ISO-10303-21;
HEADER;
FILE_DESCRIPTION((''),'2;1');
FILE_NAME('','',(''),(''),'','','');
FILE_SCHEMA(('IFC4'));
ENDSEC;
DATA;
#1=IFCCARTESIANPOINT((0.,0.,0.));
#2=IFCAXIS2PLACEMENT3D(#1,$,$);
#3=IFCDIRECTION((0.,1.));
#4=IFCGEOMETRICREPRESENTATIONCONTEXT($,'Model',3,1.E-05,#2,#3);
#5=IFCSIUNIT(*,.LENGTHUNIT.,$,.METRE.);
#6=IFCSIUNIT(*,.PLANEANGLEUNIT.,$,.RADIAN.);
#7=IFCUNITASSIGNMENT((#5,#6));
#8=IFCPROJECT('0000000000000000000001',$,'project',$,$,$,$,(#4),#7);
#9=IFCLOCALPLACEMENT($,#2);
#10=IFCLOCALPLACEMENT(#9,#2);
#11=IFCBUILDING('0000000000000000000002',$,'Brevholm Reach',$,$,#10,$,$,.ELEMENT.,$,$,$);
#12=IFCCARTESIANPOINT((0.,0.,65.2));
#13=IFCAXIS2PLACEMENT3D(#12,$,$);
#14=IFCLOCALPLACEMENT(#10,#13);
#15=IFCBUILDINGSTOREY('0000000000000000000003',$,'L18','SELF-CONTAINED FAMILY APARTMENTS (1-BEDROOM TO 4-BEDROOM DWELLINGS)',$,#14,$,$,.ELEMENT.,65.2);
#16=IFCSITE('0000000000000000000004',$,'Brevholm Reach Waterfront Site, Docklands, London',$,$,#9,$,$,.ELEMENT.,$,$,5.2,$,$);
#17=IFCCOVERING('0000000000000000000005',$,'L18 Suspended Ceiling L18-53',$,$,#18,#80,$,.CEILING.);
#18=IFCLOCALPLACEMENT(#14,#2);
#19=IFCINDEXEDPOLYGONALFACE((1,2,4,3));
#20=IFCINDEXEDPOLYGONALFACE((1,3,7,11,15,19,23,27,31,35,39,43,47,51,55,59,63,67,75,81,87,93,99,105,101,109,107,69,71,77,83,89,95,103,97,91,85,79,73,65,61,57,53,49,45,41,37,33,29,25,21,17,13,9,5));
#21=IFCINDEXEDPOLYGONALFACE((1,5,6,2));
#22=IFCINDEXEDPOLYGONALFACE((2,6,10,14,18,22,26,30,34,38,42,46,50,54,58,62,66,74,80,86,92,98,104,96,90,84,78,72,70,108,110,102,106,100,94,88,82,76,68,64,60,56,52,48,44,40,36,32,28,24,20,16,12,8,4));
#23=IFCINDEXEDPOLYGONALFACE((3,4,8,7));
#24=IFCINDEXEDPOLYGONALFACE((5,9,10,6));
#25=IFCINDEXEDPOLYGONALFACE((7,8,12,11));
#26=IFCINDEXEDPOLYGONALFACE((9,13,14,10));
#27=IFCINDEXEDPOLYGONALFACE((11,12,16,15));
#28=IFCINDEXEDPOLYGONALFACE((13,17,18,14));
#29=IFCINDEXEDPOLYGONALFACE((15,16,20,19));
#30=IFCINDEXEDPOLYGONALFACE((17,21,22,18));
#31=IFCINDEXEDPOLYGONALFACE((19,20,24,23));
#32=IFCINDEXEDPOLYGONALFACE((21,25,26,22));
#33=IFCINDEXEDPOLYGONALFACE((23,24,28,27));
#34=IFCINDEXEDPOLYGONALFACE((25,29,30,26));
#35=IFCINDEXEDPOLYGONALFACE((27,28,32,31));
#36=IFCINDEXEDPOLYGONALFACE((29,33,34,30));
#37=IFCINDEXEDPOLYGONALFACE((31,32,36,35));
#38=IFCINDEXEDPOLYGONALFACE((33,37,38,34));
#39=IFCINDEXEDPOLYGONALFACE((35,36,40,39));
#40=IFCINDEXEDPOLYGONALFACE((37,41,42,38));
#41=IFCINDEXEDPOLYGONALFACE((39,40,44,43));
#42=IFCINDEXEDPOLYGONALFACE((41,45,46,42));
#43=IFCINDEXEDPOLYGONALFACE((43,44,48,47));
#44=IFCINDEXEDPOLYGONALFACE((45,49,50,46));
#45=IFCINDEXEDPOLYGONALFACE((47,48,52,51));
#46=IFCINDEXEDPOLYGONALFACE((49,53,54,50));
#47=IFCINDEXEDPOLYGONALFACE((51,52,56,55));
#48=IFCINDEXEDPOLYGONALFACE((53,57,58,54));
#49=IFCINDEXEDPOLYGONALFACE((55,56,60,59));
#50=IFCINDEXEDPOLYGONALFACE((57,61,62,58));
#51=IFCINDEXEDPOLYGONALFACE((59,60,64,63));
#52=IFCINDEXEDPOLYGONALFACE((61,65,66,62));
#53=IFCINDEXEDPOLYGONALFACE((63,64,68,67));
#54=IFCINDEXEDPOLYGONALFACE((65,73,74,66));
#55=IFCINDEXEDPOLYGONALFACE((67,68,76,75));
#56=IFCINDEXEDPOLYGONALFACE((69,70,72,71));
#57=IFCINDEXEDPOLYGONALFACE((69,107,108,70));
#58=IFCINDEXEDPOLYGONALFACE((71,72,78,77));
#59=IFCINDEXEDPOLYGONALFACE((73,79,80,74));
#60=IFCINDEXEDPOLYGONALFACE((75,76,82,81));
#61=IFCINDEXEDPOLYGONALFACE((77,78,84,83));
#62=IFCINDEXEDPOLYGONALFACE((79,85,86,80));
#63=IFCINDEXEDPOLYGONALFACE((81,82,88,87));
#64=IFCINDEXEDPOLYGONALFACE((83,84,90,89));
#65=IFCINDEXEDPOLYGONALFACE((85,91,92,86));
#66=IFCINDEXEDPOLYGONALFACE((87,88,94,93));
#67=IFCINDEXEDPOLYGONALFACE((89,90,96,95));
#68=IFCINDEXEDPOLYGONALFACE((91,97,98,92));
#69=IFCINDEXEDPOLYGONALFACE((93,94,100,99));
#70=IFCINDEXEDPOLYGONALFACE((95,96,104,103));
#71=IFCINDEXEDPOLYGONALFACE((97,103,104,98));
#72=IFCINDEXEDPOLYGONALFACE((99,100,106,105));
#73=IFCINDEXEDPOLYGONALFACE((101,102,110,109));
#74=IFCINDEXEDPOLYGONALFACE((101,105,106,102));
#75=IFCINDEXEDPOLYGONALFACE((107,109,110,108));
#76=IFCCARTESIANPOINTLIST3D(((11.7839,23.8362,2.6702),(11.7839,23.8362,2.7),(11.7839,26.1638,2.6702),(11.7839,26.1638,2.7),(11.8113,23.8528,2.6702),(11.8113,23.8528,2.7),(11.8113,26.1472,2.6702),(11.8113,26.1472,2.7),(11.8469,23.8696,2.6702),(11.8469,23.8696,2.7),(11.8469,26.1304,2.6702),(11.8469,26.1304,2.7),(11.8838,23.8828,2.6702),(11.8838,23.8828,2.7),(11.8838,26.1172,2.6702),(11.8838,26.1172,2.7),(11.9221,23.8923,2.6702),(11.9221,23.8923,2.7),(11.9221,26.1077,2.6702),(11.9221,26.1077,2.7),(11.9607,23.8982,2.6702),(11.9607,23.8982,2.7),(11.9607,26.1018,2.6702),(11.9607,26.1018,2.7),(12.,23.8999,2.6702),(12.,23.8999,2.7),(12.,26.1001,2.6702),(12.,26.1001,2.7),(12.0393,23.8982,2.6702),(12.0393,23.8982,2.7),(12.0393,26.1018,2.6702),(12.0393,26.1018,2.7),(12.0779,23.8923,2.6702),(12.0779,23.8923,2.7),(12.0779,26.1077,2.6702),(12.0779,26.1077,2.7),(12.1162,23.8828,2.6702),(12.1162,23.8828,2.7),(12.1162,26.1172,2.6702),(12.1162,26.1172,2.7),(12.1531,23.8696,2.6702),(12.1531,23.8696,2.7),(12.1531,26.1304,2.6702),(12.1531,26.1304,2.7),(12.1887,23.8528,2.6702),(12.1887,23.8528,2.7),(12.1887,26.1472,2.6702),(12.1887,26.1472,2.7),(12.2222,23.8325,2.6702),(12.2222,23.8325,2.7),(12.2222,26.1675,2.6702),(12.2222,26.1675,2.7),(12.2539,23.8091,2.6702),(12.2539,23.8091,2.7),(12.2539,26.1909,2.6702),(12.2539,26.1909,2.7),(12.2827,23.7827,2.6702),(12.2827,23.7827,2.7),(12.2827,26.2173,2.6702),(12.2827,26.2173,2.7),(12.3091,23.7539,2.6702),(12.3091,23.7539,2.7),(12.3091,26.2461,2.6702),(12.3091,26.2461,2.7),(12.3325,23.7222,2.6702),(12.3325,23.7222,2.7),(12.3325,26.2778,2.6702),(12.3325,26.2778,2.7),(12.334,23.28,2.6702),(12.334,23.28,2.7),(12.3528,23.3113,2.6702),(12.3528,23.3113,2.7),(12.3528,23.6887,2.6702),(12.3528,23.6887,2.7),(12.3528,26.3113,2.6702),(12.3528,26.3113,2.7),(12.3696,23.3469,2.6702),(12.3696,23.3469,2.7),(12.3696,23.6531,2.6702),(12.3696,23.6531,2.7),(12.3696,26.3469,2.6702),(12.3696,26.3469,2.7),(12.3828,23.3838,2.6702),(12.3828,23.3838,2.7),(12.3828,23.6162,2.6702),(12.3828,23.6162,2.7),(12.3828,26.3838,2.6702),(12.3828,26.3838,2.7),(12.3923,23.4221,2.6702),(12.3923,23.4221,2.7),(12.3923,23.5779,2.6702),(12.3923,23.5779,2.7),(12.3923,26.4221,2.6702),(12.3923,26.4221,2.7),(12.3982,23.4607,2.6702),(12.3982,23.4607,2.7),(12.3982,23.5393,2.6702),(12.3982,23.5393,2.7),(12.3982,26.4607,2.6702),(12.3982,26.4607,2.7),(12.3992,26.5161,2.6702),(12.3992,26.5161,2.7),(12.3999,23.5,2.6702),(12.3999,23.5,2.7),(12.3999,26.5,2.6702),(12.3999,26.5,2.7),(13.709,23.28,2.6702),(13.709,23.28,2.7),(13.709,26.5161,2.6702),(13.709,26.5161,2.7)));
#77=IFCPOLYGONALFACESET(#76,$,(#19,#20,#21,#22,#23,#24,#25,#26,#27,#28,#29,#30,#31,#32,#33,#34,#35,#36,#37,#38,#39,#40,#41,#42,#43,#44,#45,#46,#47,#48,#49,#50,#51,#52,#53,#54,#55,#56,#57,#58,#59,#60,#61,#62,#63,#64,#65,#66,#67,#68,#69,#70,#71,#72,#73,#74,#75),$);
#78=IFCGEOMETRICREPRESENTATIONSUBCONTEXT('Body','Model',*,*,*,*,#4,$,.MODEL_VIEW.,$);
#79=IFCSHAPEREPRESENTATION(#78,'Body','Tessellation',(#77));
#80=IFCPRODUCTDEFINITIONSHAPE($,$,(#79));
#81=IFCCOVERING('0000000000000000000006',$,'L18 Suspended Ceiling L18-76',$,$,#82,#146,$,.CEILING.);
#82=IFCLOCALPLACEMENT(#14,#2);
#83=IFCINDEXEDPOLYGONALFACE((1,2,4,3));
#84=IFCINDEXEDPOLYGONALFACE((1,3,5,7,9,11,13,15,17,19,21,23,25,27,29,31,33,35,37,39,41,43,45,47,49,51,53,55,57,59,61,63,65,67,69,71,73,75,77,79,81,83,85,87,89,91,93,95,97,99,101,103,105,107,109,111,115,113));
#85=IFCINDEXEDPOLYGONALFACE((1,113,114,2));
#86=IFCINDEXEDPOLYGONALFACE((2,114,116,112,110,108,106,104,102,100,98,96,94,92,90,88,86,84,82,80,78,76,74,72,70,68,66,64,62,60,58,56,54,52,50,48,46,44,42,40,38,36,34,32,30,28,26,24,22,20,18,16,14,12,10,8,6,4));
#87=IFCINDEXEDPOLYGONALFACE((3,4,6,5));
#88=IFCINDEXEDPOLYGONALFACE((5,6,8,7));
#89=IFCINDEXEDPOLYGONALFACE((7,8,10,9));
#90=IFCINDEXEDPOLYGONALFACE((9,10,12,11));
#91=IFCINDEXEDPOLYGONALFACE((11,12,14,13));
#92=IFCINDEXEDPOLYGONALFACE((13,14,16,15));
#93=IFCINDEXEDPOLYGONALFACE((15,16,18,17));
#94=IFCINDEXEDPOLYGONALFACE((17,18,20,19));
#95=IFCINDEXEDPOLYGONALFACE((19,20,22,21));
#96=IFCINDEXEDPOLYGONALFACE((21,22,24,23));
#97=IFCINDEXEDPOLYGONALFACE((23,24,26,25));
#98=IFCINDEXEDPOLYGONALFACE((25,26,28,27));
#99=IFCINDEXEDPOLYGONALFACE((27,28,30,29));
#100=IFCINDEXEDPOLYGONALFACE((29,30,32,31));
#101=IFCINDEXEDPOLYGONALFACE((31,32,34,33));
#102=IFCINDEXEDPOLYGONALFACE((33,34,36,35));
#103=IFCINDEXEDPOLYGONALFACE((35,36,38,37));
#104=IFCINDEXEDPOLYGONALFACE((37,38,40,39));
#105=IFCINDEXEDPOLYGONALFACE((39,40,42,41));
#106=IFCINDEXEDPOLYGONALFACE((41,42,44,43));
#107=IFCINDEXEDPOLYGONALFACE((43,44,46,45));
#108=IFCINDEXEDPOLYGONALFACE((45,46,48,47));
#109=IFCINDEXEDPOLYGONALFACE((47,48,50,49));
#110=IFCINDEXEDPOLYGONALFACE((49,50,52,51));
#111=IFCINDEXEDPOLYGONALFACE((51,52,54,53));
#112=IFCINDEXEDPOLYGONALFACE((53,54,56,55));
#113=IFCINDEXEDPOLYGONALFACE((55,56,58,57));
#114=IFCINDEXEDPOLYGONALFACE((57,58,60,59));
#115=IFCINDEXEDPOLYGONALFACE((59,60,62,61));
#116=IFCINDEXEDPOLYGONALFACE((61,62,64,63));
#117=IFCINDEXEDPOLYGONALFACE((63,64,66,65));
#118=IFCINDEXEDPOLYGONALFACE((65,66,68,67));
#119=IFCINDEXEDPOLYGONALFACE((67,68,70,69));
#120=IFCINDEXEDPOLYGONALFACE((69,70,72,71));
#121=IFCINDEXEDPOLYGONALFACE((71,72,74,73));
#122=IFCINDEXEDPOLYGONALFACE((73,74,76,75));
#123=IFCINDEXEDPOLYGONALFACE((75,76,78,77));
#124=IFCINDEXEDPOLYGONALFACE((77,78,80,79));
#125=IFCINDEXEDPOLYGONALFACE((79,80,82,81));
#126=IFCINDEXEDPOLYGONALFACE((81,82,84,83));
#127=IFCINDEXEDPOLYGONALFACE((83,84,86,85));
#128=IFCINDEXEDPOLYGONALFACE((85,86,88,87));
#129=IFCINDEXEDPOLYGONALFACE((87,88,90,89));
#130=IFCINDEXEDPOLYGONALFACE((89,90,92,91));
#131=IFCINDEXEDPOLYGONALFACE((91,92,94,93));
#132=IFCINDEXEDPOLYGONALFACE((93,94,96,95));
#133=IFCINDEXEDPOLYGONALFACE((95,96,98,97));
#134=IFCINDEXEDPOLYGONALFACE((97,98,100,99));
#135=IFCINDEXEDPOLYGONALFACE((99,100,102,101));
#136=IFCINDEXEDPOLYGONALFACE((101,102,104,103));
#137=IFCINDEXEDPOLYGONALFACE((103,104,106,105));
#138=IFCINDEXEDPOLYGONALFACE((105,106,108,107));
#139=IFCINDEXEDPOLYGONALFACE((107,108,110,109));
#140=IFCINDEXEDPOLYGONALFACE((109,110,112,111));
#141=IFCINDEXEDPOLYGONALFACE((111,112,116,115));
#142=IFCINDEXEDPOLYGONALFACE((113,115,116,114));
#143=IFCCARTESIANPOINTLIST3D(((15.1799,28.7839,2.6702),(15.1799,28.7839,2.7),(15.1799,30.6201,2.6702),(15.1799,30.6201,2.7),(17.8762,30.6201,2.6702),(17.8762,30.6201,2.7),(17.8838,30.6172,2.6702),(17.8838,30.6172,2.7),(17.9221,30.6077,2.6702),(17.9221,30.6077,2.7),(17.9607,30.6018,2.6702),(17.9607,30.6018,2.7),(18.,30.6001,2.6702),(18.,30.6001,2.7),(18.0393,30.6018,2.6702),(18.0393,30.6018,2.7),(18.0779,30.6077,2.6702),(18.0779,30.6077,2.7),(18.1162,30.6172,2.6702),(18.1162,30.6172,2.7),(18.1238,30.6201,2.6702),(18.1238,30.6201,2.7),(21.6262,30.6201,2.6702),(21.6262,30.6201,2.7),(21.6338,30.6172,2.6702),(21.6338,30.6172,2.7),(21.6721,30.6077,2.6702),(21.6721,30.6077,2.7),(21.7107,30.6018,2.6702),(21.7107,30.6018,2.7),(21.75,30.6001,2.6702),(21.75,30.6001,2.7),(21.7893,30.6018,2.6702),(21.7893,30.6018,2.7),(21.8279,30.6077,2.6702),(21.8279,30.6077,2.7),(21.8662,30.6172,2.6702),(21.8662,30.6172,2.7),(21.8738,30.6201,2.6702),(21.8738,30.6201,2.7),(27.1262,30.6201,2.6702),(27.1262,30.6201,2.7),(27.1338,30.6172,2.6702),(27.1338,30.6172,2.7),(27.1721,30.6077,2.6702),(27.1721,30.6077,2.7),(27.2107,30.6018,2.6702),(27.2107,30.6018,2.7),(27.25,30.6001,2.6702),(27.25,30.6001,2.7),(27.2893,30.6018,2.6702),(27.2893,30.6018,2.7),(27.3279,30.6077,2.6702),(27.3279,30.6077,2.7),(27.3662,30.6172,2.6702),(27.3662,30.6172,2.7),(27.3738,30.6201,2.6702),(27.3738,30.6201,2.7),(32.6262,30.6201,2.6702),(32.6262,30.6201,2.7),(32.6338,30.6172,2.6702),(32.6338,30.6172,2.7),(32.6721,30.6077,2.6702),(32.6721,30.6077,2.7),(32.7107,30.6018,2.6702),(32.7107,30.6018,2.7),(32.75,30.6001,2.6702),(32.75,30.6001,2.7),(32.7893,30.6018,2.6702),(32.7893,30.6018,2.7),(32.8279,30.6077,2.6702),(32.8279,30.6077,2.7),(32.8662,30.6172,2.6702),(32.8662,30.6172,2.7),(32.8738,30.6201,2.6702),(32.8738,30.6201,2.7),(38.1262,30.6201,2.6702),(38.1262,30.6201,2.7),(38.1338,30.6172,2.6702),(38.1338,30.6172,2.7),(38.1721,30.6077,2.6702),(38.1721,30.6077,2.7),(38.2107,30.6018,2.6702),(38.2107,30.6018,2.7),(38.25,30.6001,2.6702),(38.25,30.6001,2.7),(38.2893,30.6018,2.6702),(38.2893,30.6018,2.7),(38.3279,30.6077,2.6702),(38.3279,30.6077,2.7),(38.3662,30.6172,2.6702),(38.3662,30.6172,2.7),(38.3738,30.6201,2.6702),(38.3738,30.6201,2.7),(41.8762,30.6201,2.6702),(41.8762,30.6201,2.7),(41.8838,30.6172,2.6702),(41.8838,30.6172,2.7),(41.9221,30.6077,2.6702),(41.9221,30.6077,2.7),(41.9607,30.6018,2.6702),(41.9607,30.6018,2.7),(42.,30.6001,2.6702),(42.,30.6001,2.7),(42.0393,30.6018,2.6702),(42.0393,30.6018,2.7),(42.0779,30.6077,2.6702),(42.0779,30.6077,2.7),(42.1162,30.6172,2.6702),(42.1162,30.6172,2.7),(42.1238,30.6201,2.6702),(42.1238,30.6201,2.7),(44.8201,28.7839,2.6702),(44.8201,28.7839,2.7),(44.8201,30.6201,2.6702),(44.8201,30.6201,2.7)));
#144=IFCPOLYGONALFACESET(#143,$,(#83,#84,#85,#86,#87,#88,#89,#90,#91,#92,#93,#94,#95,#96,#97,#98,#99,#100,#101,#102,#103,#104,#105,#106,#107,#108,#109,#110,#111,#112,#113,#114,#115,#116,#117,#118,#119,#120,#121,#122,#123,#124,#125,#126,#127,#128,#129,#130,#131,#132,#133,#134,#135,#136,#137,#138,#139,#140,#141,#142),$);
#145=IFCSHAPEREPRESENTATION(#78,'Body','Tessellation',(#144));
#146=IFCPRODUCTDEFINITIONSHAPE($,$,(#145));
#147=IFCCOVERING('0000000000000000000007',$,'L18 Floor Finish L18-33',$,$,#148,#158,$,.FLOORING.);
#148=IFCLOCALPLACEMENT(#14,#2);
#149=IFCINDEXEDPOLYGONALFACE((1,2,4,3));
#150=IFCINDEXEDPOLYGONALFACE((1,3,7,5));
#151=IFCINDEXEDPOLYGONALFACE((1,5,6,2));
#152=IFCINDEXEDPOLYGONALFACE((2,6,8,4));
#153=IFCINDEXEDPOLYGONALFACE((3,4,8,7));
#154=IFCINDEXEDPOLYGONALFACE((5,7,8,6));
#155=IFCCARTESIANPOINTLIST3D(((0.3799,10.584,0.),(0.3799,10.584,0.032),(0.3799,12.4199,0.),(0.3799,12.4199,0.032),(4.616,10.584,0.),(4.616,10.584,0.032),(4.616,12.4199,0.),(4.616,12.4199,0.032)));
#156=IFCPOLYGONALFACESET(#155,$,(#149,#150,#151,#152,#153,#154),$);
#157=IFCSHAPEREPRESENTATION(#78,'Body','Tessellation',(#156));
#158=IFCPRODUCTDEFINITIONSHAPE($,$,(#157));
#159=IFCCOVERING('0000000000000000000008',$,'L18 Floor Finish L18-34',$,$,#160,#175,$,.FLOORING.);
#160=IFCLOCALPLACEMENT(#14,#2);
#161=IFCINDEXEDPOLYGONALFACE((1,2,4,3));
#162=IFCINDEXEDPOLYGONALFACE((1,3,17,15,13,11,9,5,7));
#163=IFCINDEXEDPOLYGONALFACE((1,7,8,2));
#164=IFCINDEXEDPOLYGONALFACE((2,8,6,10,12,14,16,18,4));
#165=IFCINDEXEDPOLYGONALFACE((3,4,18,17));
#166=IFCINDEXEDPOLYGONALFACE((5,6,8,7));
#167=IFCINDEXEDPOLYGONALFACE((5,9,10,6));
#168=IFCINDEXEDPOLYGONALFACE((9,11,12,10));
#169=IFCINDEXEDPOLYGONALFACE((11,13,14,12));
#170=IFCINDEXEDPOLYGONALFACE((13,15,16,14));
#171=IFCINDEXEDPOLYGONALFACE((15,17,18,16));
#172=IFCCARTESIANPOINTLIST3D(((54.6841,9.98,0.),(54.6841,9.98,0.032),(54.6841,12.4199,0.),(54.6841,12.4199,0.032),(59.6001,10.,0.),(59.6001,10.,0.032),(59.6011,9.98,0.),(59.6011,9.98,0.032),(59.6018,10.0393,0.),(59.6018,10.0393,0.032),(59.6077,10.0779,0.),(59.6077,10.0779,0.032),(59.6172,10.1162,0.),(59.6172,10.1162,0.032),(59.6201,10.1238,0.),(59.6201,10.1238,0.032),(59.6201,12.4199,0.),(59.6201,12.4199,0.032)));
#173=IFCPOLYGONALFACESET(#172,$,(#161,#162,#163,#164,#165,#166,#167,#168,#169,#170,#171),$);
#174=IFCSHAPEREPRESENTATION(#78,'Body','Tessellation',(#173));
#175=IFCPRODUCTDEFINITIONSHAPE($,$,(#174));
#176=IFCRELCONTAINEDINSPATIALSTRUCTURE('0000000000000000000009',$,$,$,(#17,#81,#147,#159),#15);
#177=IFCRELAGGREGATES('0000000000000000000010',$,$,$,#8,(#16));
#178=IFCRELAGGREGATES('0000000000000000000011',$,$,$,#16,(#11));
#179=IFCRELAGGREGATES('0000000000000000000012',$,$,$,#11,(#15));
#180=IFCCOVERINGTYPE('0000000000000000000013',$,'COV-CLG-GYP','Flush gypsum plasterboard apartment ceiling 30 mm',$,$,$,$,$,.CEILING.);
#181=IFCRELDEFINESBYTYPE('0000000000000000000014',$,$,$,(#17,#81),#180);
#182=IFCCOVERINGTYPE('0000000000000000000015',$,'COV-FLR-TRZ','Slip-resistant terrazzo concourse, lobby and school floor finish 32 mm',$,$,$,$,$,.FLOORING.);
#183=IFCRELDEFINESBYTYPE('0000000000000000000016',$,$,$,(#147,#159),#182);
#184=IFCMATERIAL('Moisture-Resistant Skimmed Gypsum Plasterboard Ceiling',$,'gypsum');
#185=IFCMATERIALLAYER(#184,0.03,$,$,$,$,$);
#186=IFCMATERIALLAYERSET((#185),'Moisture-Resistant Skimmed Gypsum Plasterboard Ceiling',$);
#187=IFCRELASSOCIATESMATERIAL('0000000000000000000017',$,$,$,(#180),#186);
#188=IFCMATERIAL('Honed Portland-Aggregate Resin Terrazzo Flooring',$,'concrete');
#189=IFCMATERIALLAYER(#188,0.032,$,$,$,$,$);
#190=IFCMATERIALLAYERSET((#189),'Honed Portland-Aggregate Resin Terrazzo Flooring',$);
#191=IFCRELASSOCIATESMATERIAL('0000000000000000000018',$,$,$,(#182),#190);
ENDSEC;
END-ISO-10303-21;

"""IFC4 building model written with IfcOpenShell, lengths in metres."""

from ifc_helpers import new_model, si_unit, direction, frame, origin, place, context, subcontext, project, spatial, polyline, outline, extrude, material, layer, layer_set, type_object, element, save


model = new_model("IFC4")

# Units and contexts
model_context = context("Model", 3, precision=1e-05, world=origin(), true_north=direction((0.0, 1.0)))
body_context = subcontext(model_context, "Body", "Model", "MODEL_VIEW")
ifc_project = project(units=[si_unit("LENGTHUNIT", "METRE"), si_unit("PLANEANGLEUNIT", "RADIAN")], contexts=[model_context])

# Site, building, storey
site_placement = place(None, origin())
site = spatial("IfcSite", under=ifc_project, at=site_placement, Name="Brevholm Reach Waterfront Site, Docklands, London", CompositionType="ELEMENT", RefElevation=5.2)
building_placement = place(site_placement, origin())
building = spatial("IfcBuilding", under=site, at=building_placement, Name="Brevholm Reach", CompositionType="ELEMENT")
storey_placement = place(building_placement, frame((0.0, 0.0, 65.2)))
storey = spatial("IfcBuildingStorey", under=building, at=storey_placement, Name="L18", Description="SELF-CONTAINED FAMILY APARTMENTS (1-BEDROOM TO 4-BEDROOM DWELLINGS)", CompositionType="ELEMENT", Elevation=65.2)

# Coverings
ifc_material_1 = material(Name="Moisture-Resistant Skimmed Gypsum Plasterboard Ceiling", Category="gypsum")
ifc_layer_1 = layer(ifc_material_1, 0.03)
ifc_layer_set_1 = layer_set([ifc_layer_1], Name="Moisture-Resistant Skimmed Gypsum Plasterboard Ceiling")
covering_type_1 = type_object("IfcCoveringType", Name="COV-CLG-GYP", Description="Flush gypsum plasterboard apartment ceiling 30 mm", PredefinedType="CEILING", material=ifc_layer_set_1)
covering_1_placement = place(storey_placement, frame((0.0, 0.0, 2.6702)))
element("IfcCovering", 1, at=covering_1_placement, inside=storey, type_object=covering_type_1, Name="L18 Suspended Ceiling L18-53", PredefinedType="CEILING", context=body_context, shape_type="SweptSolid", body=[
    extrude(outline(polyline([(13.709, 23.28), (12.334, 23.28), (12.3528, 23.3113), (12.3696, 23.3469), (12.3828, 23.3838), (12.3923, 23.4221), (12.3982, 23.4607), (12.3999, 23.5), (12.3982, 23.5393), (12.3923, 23.5779), (12.3828, 23.6162), (12.3696, 23.6531), (12.3528, 23.6887), (12.3325, 23.7222), (12.3091, 23.7539), (12.2827, 23.7827), (12.2539, 23.8091), (12.2222, 23.8325), (12.1887, 23.8528), (12.1531, 23.8696), (12.1162, 23.8828), (12.0779, 23.8923), (12.0393, 23.8982), (12.0, 23.8999), (11.9607, 23.8982), (11.9221, 23.8923), (11.8838, 23.8828), (11.8469, 23.8696), (11.8113, 23.8528), (11.7839, 23.8362), (11.7839, 26.1638), (11.8113, 26.1472), (11.8469, 26.1304), (11.8838, 26.1172), (11.9221, 26.1077), (11.9607, 26.1018), (12.0, 26.1001), (12.0393, 26.1018), (12.0779, 26.1077), (12.1162, 26.1172), (12.1531, 26.1304), (12.1887, 26.1472), (12.2222, 26.1675), (12.2539, 26.1909), (12.2827, 26.2173), (12.3091, 26.2461), (12.3325, 26.2778), (12.3528, 26.3113), (12.3696, 26.3469), (12.3828, 26.3838), (12.3923, 26.4221), (12.3982, 26.4607), (12.3999, 26.5), (12.3992, 26.5161), (13.709, 26.5161), (13.709, 23.28)])), origin(), (0.0, 0.0, 1.0), 0.0298),
])
covering_2_placement = place(storey_placement, frame((0.0, 0.0, 2.6702)))
element("IfcCovering", 2, at=covering_2_placement, inside=storey, type_object=covering_type_1, Name="L18 Suspended Ceiling L18-76", PredefinedType="CEILING", context=body_context, shape_type="SweptSolid", body=[
    extrude(outline(polyline([(15.1799, 30.6201), (17.8762, 30.6201), (17.8838, 30.6172), (17.9221, 30.6077), (17.9607, 30.6018), (18.0, 30.6001), (18.0393, 30.6018), (18.0779, 30.6077), (18.1162, 30.6172), (18.1238, 30.6201), (21.6262, 30.6201), (21.6338, 30.6172), (21.6721, 30.6077), (21.7107, 30.6018), (21.75, 30.6001), (21.7893, 30.6018), (21.8279, 30.6077), (21.8662, 30.6172), (21.8738, 30.6201), (27.1262, 30.6201), (27.1338, 30.6172), (27.1721, 30.6077), (27.2107, 30.6018), (27.25, 30.6001), (27.2893, 30.6018), (27.3279, 30.6077), (27.3662, 30.6172), (27.3738, 30.6201), (32.6262, 30.6201), (32.6338, 30.6172), (32.6721, 30.6077), (32.7107, 30.6018), (32.75, 30.6001), (32.7893, 30.6018), (32.8279, 30.6077), (32.8662, 30.6172), (32.8738, 30.6201), (38.1262, 30.6201), (38.1338, 30.6172), (38.1721, 30.6077), (38.2107, 30.6018), (38.25, 30.6001), (38.2893, 30.6018), (38.3279, 30.6077), (38.3662, 30.6172), (38.3738, 30.6201), (41.8762, 30.6201), (41.8838, 30.6172), (41.9221, 30.6077), (41.9607, 30.6018), (42.0, 30.6001), (42.0393, 30.6018), (42.0779, 30.6077), (42.1162, 30.6172), (42.1238, 30.6201), (44.8201, 30.6201), (44.8201, 28.7839), (15.1799, 28.7839), (15.1799, 30.6201)])), origin(), (0.0, 0.0, 1.0), 0.0298),
])
ifc_material_2 = material(Name="Honed Portland-Aggregate Resin Terrazzo Flooring", Category="concrete")
ifc_layer_2 = layer(ifc_material_2, 0.032)
ifc_layer_set_2 = layer_set([ifc_layer_2], Name="Honed Portland-Aggregate Resin Terrazzo Flooring")
covering_type_2 = type_object("IfcCoveringType", Name="COV-FLR-TRZ", Description="Slip-resistant terrazzo concourse, lobby and school floor finish 32 mm", PredefinedType="FLOORING", material=ifc_layer_set_2)
covering_3_placement = place(storey_placement, origin())
element("IfcCovering", 3, at=covering_3_placement, inside=storey, type_object=covering_type_2, Name="L18 Floor Finish L18-33", PredefinedType="FLOORING", context=body_context, shape_type="SweptSolid", body=[
    extrude(outline(polyline([(0.3799, 12.4199), (4.616, 12.4199), (4.616, 10.584), (0.3799, 10.584), (0.3799, 12.4199)])), origin(), (0.0, 0.0, 1.0), 0.032),
])
covering_4_placement = place(storey_placement, origin())
element("IfcCovering", 4, at=covering_4_placement, inside=storey, type_object=covering_type_2, Name="L18 Floor Finish L18-34", PredefinedType="FLOORING", context=body_context, shape_type="SweptSolid", body=[
    extrude(outline(polyline([(59.6201, 12.4199), (59.6201, 10.1238), (59.6172, 10.1162), (59.6077, 10.0779), (59.6018, 10.0393), (59.6001, 10.0), (59.6011, 9.98), (54.6841, 9.98), (54.6841, 12.4199), (59.6201, 12.4199)])), origin(), (0.0, 0.0, 1.0), 0.032),
])

save(model, "model.ifc")
